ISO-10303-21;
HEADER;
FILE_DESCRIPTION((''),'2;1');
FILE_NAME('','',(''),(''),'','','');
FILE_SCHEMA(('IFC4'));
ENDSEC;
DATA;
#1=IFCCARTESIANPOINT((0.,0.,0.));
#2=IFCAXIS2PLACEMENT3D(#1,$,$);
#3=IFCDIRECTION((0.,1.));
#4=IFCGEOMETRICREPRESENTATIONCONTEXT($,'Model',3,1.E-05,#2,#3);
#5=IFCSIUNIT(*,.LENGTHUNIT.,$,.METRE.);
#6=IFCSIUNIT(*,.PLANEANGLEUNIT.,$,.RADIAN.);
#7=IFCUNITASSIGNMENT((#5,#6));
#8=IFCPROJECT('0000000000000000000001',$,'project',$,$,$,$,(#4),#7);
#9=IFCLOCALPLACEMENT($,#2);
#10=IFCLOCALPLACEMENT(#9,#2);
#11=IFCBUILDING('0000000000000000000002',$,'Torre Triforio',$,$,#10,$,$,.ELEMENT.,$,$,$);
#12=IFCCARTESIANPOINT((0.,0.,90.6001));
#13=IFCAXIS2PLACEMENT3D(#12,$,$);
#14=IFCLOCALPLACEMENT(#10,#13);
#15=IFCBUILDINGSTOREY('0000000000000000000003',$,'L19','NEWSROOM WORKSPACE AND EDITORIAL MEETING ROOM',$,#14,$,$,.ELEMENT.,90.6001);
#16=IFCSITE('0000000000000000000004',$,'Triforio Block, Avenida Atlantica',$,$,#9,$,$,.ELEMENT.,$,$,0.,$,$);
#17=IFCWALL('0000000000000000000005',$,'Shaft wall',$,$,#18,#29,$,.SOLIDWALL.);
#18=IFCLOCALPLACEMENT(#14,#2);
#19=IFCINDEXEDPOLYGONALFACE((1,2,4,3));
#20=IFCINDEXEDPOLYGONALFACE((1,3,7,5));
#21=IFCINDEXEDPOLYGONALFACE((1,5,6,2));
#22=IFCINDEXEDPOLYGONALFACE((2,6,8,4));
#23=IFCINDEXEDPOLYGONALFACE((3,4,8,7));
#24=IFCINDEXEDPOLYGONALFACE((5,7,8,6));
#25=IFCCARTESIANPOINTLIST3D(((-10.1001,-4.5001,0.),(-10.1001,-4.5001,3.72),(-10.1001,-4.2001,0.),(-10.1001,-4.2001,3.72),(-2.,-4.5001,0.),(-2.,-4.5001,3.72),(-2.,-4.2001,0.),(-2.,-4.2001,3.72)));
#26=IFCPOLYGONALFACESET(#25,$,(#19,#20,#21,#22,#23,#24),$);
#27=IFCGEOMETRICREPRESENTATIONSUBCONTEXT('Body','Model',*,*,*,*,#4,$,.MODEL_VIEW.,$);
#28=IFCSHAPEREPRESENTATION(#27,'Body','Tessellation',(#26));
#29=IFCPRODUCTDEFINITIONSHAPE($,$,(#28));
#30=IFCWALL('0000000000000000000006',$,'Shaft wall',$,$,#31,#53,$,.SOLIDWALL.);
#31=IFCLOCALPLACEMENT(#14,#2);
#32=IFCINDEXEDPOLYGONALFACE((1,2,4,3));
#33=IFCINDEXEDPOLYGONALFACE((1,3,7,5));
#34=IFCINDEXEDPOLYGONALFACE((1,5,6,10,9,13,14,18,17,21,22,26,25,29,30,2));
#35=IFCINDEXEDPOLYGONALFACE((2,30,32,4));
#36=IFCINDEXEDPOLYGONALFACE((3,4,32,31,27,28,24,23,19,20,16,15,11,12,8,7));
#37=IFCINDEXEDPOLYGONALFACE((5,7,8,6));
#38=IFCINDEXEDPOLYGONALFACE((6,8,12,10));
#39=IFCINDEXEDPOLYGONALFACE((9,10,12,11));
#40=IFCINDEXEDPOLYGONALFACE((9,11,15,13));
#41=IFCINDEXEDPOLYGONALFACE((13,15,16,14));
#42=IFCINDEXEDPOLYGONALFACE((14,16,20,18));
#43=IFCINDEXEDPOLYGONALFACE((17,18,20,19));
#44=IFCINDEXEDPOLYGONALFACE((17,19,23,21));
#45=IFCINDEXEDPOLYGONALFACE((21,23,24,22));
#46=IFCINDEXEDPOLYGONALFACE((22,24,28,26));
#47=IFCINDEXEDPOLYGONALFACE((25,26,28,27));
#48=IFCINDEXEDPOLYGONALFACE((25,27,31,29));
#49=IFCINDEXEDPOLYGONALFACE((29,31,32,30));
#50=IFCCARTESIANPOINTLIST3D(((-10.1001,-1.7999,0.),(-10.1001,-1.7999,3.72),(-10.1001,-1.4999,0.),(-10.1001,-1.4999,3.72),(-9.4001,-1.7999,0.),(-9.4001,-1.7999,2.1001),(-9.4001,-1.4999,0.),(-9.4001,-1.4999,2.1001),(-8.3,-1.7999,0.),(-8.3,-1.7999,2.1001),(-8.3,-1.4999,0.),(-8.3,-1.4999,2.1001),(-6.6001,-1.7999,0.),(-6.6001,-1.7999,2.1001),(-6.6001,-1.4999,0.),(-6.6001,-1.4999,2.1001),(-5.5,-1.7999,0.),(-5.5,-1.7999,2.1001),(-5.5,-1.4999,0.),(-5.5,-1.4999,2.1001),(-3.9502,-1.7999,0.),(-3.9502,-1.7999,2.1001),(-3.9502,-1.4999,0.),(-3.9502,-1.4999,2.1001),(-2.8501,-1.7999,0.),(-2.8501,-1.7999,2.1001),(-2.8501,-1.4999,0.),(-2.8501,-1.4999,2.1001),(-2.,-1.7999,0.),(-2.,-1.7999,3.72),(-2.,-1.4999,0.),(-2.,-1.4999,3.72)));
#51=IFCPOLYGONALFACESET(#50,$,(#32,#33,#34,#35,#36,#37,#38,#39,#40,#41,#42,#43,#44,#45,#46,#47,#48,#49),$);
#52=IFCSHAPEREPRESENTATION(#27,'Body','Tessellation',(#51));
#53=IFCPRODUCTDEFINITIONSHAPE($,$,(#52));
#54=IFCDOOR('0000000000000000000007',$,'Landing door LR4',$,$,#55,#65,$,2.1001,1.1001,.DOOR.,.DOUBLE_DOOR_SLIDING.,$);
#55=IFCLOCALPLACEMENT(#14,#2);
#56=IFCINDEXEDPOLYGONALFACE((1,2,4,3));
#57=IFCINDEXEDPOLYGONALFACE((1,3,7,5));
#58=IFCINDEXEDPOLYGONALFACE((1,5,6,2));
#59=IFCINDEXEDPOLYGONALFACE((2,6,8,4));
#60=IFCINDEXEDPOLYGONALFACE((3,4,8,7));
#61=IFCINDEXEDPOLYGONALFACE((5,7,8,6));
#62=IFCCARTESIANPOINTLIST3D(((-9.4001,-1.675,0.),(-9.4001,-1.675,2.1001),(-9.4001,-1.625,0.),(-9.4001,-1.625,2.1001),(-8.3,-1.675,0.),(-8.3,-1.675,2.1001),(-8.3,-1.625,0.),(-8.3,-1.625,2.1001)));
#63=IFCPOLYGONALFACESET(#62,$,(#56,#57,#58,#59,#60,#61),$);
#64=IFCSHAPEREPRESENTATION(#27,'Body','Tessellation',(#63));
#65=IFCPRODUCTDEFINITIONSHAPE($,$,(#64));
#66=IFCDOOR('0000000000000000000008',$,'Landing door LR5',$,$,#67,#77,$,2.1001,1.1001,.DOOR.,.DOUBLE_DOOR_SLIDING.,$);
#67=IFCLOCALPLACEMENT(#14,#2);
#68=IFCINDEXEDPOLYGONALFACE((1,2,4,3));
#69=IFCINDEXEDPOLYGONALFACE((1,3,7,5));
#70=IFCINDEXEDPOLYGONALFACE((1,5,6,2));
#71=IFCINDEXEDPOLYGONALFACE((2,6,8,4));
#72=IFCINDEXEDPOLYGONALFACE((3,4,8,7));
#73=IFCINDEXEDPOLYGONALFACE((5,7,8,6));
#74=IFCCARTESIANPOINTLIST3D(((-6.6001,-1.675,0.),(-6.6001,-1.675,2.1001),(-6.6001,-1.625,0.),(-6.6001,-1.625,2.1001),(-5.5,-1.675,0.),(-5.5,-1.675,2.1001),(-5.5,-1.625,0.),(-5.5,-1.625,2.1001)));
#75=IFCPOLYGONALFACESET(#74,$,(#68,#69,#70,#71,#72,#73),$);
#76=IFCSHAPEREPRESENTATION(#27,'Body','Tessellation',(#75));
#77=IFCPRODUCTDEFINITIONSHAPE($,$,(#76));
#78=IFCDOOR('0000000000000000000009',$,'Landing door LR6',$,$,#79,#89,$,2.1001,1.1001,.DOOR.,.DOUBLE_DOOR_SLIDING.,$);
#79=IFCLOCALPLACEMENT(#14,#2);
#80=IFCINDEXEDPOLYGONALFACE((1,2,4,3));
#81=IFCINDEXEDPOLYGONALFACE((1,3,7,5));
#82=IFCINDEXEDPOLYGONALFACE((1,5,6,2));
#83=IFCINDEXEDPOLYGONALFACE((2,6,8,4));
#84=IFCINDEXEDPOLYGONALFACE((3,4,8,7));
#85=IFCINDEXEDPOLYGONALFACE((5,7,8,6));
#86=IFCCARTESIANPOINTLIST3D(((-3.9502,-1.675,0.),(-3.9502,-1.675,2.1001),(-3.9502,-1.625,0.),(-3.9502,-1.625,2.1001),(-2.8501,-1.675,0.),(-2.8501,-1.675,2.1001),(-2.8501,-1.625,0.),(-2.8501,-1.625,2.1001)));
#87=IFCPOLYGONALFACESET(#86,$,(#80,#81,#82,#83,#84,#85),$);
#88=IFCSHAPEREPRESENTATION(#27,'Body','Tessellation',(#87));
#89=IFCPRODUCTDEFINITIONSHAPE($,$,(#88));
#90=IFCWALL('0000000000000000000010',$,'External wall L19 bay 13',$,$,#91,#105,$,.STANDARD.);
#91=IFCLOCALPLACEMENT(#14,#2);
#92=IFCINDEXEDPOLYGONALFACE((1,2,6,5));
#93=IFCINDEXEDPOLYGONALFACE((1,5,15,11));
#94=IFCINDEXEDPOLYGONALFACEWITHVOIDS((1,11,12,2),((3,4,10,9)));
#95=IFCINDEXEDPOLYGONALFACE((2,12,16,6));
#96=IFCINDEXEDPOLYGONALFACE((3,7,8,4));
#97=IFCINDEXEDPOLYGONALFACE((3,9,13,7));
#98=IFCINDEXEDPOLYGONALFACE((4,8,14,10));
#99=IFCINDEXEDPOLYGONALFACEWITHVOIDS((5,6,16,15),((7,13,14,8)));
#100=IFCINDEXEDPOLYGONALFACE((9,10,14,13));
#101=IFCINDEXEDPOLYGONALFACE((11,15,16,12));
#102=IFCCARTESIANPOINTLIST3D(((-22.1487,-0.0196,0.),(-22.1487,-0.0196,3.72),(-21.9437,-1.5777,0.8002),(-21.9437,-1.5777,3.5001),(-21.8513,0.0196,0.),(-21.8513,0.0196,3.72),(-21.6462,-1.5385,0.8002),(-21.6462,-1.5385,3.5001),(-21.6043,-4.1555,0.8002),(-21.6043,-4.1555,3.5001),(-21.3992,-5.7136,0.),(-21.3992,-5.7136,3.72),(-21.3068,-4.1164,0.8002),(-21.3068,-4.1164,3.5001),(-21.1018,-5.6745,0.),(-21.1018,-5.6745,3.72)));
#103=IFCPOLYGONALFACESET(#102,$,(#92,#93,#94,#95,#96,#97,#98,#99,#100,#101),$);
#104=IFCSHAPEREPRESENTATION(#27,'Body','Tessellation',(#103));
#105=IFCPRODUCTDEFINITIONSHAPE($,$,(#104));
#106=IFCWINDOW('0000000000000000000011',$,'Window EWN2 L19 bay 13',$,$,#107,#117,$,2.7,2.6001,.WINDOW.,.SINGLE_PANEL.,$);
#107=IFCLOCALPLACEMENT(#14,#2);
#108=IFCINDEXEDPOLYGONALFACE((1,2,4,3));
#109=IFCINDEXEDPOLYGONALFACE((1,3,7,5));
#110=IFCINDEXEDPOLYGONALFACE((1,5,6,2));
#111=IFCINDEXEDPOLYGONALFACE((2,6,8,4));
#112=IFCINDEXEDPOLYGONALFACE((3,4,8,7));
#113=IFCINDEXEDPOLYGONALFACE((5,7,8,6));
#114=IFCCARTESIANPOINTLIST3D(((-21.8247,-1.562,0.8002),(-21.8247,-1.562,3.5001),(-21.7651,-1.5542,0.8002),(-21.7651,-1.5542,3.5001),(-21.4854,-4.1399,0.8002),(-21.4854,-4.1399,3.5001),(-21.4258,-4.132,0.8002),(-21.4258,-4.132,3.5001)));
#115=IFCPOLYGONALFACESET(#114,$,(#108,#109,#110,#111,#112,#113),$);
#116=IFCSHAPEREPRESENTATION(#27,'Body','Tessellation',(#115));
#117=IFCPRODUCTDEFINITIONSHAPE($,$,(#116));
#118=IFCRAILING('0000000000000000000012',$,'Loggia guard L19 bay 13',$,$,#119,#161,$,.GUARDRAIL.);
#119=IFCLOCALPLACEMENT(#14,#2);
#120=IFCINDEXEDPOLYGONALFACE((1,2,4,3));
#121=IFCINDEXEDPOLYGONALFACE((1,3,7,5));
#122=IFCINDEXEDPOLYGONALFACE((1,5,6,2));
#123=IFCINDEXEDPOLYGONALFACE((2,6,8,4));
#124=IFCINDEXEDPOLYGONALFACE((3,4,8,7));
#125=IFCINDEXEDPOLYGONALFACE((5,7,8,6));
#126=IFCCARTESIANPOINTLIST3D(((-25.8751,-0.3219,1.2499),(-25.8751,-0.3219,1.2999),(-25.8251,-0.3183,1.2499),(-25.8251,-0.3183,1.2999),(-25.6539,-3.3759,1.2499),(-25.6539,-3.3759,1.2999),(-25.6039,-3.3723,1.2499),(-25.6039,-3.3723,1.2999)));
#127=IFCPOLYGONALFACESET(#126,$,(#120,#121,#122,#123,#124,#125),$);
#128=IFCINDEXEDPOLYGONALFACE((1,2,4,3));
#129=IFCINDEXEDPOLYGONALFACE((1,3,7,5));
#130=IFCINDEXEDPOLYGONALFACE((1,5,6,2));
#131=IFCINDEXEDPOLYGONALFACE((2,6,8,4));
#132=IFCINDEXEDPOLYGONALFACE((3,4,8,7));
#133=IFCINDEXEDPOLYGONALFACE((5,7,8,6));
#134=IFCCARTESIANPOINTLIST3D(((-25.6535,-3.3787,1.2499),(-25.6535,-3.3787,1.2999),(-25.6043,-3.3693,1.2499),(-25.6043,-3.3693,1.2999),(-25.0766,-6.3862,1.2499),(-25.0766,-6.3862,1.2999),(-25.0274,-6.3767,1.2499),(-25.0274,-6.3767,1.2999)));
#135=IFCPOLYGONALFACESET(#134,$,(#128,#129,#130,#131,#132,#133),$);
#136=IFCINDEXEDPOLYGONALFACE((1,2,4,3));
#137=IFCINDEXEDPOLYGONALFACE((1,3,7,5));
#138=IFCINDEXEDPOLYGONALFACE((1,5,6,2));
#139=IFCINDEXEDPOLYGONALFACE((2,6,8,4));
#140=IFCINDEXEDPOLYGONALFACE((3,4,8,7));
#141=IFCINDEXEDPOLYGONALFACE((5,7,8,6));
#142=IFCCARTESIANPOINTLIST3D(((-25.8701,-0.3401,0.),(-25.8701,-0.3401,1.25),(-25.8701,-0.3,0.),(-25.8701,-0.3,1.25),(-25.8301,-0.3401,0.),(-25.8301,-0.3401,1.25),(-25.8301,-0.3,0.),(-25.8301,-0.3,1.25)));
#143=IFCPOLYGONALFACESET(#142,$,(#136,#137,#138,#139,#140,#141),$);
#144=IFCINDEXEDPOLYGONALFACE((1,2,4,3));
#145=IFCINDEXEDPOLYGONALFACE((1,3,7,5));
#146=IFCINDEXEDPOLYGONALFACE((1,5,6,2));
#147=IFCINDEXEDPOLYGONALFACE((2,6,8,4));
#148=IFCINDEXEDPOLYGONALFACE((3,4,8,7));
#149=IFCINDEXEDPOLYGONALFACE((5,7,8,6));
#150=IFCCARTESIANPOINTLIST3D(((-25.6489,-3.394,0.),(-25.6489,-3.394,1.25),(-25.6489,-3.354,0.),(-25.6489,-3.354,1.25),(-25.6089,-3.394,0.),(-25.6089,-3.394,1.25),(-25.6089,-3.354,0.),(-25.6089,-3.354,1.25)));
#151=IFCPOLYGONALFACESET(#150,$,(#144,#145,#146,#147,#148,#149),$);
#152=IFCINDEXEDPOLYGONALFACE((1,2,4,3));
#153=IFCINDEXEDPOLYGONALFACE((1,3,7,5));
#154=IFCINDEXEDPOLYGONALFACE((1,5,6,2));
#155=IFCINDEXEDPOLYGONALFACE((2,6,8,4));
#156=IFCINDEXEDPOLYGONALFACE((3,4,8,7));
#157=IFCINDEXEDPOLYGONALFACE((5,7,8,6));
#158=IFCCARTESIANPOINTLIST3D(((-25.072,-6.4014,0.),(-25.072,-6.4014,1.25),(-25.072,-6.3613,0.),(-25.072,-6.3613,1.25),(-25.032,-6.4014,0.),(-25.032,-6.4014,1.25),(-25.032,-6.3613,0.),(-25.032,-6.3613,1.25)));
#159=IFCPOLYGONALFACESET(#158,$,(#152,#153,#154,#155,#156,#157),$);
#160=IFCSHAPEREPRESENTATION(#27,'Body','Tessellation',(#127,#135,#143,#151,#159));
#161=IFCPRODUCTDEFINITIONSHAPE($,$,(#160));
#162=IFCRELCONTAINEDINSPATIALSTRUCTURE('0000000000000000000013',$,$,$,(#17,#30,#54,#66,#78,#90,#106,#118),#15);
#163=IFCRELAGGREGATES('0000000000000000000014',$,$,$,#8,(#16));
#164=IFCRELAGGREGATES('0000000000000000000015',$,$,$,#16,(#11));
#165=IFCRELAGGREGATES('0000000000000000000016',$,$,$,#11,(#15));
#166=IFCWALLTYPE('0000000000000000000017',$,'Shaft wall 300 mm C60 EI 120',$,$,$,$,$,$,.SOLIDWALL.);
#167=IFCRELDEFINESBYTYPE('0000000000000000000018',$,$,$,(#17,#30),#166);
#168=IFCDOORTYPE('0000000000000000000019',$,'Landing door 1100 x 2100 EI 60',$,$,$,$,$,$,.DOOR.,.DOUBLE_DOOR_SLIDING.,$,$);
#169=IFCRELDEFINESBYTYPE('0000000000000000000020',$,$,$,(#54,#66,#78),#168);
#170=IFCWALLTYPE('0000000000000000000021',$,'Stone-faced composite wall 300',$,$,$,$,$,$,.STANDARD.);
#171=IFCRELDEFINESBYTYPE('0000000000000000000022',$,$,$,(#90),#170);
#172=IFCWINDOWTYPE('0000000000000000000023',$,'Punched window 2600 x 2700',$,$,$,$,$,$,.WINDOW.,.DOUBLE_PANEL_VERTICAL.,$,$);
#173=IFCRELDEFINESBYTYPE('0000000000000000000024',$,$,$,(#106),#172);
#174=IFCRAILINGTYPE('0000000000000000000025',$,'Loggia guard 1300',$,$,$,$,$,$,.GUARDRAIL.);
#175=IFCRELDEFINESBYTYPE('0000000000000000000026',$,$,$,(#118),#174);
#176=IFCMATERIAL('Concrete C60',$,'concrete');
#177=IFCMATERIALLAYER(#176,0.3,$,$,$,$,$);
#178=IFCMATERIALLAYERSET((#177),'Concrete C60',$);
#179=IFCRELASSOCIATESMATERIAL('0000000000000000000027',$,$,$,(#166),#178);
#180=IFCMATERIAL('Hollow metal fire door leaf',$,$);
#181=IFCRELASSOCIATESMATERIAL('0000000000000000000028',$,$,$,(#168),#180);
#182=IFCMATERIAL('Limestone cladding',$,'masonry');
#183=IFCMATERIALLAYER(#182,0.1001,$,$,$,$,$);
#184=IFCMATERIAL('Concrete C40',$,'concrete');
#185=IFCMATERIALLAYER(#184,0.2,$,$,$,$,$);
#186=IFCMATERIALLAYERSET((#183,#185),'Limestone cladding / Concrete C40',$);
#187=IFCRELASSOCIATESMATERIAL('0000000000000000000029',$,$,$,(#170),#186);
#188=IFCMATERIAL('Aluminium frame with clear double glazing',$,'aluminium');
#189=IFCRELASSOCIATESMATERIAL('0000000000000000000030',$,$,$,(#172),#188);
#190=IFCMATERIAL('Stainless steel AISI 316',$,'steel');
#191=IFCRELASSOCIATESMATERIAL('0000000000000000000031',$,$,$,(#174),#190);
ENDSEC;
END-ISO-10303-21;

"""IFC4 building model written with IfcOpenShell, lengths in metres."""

from ifc_helpers import new_model, si_unit, direction, frame, frame_2d, origin, origin_2d, place, context, subcontext, project, spatial, rectangle, extrude, material, layer, layer_set, type_object, element, fill, save


model = new_model("IFC4")

# Units and contexts
model_context = context("Model", 3, precision=1e-05, world=origin(), true_north=direction((0.0, 1.0)))
body_context = subcontext(model_context, "Body", "Model", "MODEL_VIEW")
ifc_project = project(units=[si_unit("LENGTHUNIT", "METRE"), si_unit("PLANEANGLEUNIT", "RADIAN")], contexts=[model_context])

# Site, building, storey
site_placement = place(None, origin())
site = spatial("IfcSite", under=ifc_project, at=site_placement, Name="Triforio Block, Avenida Atlantica", CompositionType="ELEMENT", RefElevation=0.0)
building_placement = place(site_placement, origin())
building = spatial("IfcBuilding", under=site, at=building_placement, Name="Torre Triforio", CompositionType="ELEMENT")
storey_placement = place(building_placement, frame((0.0, 0.0, 90.6001)))
storey = spatial("IfcBuildingStorey", under=building, at=storey_placement, Name="L19", Description="NEWSROOM WORKSPACE AND EDITORIAL MEETING ROOM", CompositionType="ELEMENT", Elevation=90.6001)

# Shared definitions
ifc_material_1 = material(Name="Concrete C60", Category="concrete")

# Shared definitions
ifc_material_2 = material(Name="Hollow metal fire door leaf")

# Wall
ifc_material_3 = material(Name="Limestone cladding", Category="masonry")
ifc_material_4 = material(Name="Concrete C40", Category="concrete")
ifc_layer_1 = layer(ifc_material_1, 0.3)
ifc_layer_set_1 = layer_set([ifc_layer_1], Name="Concrete C60")
wall_type_1 = type_object("IfcWallType", Name="Shaft wall 300 mm C60 EI 120", PredefinedType="SOLIDWALL", material=ifc_layer_set_1)
wall_1_placement = place(storey_placement, frame((-10.1001, -4.3501, 0.0), z_axis=(0.0, 0.0, 1.0), x_axis=(1.0, 0.0, 0.0)))
element("IfcWall", 1, at=wall_1_placement, inside=storey, type_object=wall_type_1, Name="Shaft wall", PredefinedType="SOLIDWALL", context=body_context, shape_type="SweptSolid", body=[
    extrude(rectangle(XDim=8.1001, YDim=0.3, at=frame_2d((4.05, 0.0))), origin(), (0.0, 0.0, 1.0), 3.72),
])

# Wall, openings, doors
wall_2_placement = place(storey_placement, frame((-10.1001, -1.6499, 0.0), z_axis=(0.0, 0.0, 1.0), x_axis=(1.0, 0.0, 0.0)))
wall_2 = element("IfcWall", 2, at=wall_2_placement, inside=storey, type_object=wall_type_1, Name="Shaft wall", PredefinedType="SOLIDWALL", context=body_context, shape_type="SweptSolid", body=[
    extrude(rectangle(XDim=8.1001, YDim=0.3, at=frame_2d((4.05, 0.0))), origin(), (0.0, 0.0, 1.0), 3.72),
])
opening_1_placement = place(wall_2_placement, frame((0.7, 0.0, 0.0)))
opening_1 = element("IfcOpeningElement", 3, at=opening_1_placement, cuts=wall_2, PredefinedType="OPENING", context=body_context, shape_type="SweptSolid", body=[
    extrude(rectangle(XDim=1.1001, YDim=2.1001, at=frame_2d((0.55, 1.05))), frame((0.0, 0.1599, 0.0), z_axis=(0.0, -1.0, 0.0), x_axis=(1.0, 0.0, 0.0)), (0.0, 0.0, 1.0), 0.3201),
])
opening_2_placement = place(wall_2_placement, frame((3.5, 0.0, 0.0)))
opening_2 = element("IfcOpeningElement", 4, at=opening_2_placement, cuts=wall_2, PredefinedType="OPENING", context=body_context, shape_type="SweptSolid", body=[
    extrude(rectangle(XDim=1.1001, YDim=2.1001, at=frame_2d((0.55, 1.05))), frame((0.0, 0.1599, 0.0), z_axis=(0.0, -1.0, 0.0), x_axis=(1.0, 0.0, 0.0)), (0.0, 0.0, 1.0), 0.3201),
])
opening_3_placement = place(wall_2_placement, frame((6.1499, 0.0, 0.0)))
opening_3 = element("IfcOpeningElement", 5, at=opening_3_placement, cuts=wall_2, PredefinedType="OPENING", context=body_context, shape_type="SweptSolid", body=[
    extrude(rectangle(XDim=1.1001, YDim=2.1001, at=frame_2d((0.55, 1.05))), frame((0.0, 0.1599, 0.0), z_axis=(0.0, -1.0, 0.0), x_axis=(1.0, 0.0, 0.0)), (0.0, 0.0, 1.0), 0.3201),
])
door_type_1 = type_object("IfcDoorType", Name="Landing door 1100 x 2100 EI 60", OperationType="DOUBLE_DOOR_SLIDING", PredefinedType="DOOR", material=ifc_material_2)
door_1_placement = place(opening_1_placement, origin())
door_1 = element("IfcDoor", 6, at=door_1_placement, inside=storey, type_object=door_type_1, Name="Landing door LR4", OperationType="DOUBLE_DOOR_SLIDING", OverallHeight=2.1001, OverallWidth=1.1001, PredefinedType="DOOR", context=body_context, shape_type="SweptSolid", body=[
    extrude(rectangle(XDim=1.1001, YDim=2.1001, at=frame_2d((0.55, 1.05))), frame((0.0, 0.0249, 0.0), z_axis=(0.0, -1.0, 0.0), x_axis=(1.0, 0.0, 0.0)), (0.0, 0.0, 1.0), 0.05),
])
fill(opening_1, door_1)
door_2_placement = place(opening_2_placement, origin())
door_2 = element("IfcDoor", 7, at=door_2_placement, inside=storey, type_object=door_type_1, Name="Landing door LR5", OperationType="DOUBLE_DOOR_SLIDING", OverallHeight=2.1001, OverallWidth=1.1001, PredefinedType="DOOR", context=body_context, shape_type="SweptSolid", body=[
    extrude(rectangle(XDim=1.1001, YDim=2.1001, at=frame_2d((0.55, 1.05))), frame((0.0, 0.0249, 0.0), z_axis=(0.0, -1.0, 0.0), x_axis=(1.0, 0.0, 0.0)), (0.0, 0.0, 1.0), 0.05),
])
fill(opening_2, door_2)
door_3_placement = place(opening_3_placement, origin())
door_3 = element("IfcDoor", 8, at=door_3_placement, inside=storey, type_object=door_type_1, Name="Landing door LR6", OperationType="DOUBLE_DOOR_SLIDING", OverallHeight=2.1001, OverallWidth=1.1001, PredefinedType="DOOR", context=body_context, shape_type="SweptSolid", body=[
    extrude(rectangle(XDim=1.1001, YDim=2.1001, at=frame_2d((0.55, 1.05))), frame((0.0, 0.0249, 0.0), z_axis=(0.0, -1.0, 0.0), x_axis=(1.0, 0.0, 0.0)), (0.0, 0.0, 1.0), 0.05),
])
fill(opening_3, door_3)

# Wall, opening, window
ifc_layer_2 = layer(ifc_material_3, 0.1001)
ifc_layer_3 = layer(ifc_material_4, 0.2)
ifc_layer_set_2 = layer_set([ifc_layer_2, ifc_layer_3], Name="Limestone cladding / Concrete C40")
wall_type_2 = type_object("IfcWallType", Name="Stone-faced composite wall 300", PredefinedType="STANDARD", material=ifc_layer_set_2)
wall_3_placement = place(storey_placement, frame((-22.0, 0.0, 0.0), z_axis=(0.0, 0.0, 1.0), x_axis=(0.130504, -0.991448, 0.0)))
wall_3 = element("IfcWall", 9, at=wall_3_placement, inside=storey, type_object=wall_type_2, Name="External wall L19 bay 13", PredefinedType="STANDARD", context=body_context, shape_type="SweptSolid", body=[
    extrude(rectangle(XDim=5.7432, YDim=0.3, at=frame_2d((2.8716, 0.0))), origin(), (0.0, 0.0, 1.0), 3.72),
])
opening_4_placement = place(wall_3_placement, frame((1.5715, 0.0, 0.8)))
opening_4 = element("IfcOpeningElement", 10, at=opening_4_placement, cuts=wall_3, PredefinedType="OPENING", context=body_context, shape_type="SweptSolid", body=[
    extrude(rectangle(XDim=2.6001, YDim=2.7, at=frame_2d((1.3, 1.3501))), frame((0.0, 0.1599, 0.0), z_axis=(0.0, -1.0, 0.0), x_axis=(1.0, 0.0, 0.0)), (0.0, 0.0, 1.0), 0.3201),
])
ifc_material_5 = material(Name="Aluminium frame with clear double glazing", Category="aluminium")
window_type_1 = type_object("IfcWindowType", Name="Punched window 2600 x 2700", PartitioningType="DOUBLE_PANEL_VERTICAL", PredefinedType="WINDOW", material=ifc_material_5)
window_1_placement = place(opening_4_placement, origin())
window_1 = element("IfcWindow", 11, at=window_1_placement, inside=storey, type_object=window_type_1, Name="Window EWN2 L19 bay 13", OverallHeight=2.7, OverallWidth=2.6001, PartitioningType="SINGLE_PANEL", PredefinedType="WINDOW", context=body_context, shape_type="SweptSolid", body=[
    extrude(rectangle(XDim=2.6001, YDim=2.7, at=frame_2d((1.3, 1.3501))), frame((0.0, 0.03, 0.0), z_axis=(0.0, -1.0, 0.0), x_axis=(1.0, 0.0, 0.0)), (0.0, 0.0, 1.0), 0.0601),
])
fill(opening_4, window_1)

# Railing
ifc_material_6 = material(Name="Stainless steel AISI 316", Category="steel")
railing_type = type_object("IfcRailingType", Name="Loggia guard 1300", PredefinedType="GUARDRAIL", material=ifc_material_6)
railing_1_placement = place(storey_placement, frame((-25.8501, -0.3201, 0.0)))
element("IfcRailing", 12, at=railing_1_placement, inside=storey, type_object=railing_type, Name="Loggia guard L19 bay 13", PredefinedType="GUARDRAIL", context=body_context, shape_type="SweptSolid", body=[
    extrude(rectangle(XDim=0.05, YDim=0.05, at=origin_2d()), frame((0.0, 0.0, 1.2749), z_axis=(0.072239, -0.997387, 0.0), x_axis=(0.997387, 0.072239, 0.0)), (0.0, 0.0, 1.0), 3.062),
    extrude(rectangle(XDim=0.05, YDim=0.05, at=origin_2d()), frame((0.2212, -3.054, 1.2749), z_axis=(0.188398, -0.982093, 0.0), x_axis=(0.982093, 0.188398, 0.0)), (0.0, 0.0, 1.0), 3.0623),
    extrude(rectangle(XDim=0.04, YDim=0.04, at=origin_2d()), origin(), (0.0, 0.0, 1.0), 1.25),
    extrude(rectangle(XDim=0.04, YDim=0.04, at=origin_2d()), frame((0.2212, -3.054, 0.0)), (0.0, 0.0, 1.0), 1.25),
    extrude(rectangle(XDim=0.04, YDim=0.04, at=origin_2d()), frame((0.7981, -6.0613, 0.0)), (0.0, 0.0, 1.0), 1.25),
])

save(model, "model.ifc")
